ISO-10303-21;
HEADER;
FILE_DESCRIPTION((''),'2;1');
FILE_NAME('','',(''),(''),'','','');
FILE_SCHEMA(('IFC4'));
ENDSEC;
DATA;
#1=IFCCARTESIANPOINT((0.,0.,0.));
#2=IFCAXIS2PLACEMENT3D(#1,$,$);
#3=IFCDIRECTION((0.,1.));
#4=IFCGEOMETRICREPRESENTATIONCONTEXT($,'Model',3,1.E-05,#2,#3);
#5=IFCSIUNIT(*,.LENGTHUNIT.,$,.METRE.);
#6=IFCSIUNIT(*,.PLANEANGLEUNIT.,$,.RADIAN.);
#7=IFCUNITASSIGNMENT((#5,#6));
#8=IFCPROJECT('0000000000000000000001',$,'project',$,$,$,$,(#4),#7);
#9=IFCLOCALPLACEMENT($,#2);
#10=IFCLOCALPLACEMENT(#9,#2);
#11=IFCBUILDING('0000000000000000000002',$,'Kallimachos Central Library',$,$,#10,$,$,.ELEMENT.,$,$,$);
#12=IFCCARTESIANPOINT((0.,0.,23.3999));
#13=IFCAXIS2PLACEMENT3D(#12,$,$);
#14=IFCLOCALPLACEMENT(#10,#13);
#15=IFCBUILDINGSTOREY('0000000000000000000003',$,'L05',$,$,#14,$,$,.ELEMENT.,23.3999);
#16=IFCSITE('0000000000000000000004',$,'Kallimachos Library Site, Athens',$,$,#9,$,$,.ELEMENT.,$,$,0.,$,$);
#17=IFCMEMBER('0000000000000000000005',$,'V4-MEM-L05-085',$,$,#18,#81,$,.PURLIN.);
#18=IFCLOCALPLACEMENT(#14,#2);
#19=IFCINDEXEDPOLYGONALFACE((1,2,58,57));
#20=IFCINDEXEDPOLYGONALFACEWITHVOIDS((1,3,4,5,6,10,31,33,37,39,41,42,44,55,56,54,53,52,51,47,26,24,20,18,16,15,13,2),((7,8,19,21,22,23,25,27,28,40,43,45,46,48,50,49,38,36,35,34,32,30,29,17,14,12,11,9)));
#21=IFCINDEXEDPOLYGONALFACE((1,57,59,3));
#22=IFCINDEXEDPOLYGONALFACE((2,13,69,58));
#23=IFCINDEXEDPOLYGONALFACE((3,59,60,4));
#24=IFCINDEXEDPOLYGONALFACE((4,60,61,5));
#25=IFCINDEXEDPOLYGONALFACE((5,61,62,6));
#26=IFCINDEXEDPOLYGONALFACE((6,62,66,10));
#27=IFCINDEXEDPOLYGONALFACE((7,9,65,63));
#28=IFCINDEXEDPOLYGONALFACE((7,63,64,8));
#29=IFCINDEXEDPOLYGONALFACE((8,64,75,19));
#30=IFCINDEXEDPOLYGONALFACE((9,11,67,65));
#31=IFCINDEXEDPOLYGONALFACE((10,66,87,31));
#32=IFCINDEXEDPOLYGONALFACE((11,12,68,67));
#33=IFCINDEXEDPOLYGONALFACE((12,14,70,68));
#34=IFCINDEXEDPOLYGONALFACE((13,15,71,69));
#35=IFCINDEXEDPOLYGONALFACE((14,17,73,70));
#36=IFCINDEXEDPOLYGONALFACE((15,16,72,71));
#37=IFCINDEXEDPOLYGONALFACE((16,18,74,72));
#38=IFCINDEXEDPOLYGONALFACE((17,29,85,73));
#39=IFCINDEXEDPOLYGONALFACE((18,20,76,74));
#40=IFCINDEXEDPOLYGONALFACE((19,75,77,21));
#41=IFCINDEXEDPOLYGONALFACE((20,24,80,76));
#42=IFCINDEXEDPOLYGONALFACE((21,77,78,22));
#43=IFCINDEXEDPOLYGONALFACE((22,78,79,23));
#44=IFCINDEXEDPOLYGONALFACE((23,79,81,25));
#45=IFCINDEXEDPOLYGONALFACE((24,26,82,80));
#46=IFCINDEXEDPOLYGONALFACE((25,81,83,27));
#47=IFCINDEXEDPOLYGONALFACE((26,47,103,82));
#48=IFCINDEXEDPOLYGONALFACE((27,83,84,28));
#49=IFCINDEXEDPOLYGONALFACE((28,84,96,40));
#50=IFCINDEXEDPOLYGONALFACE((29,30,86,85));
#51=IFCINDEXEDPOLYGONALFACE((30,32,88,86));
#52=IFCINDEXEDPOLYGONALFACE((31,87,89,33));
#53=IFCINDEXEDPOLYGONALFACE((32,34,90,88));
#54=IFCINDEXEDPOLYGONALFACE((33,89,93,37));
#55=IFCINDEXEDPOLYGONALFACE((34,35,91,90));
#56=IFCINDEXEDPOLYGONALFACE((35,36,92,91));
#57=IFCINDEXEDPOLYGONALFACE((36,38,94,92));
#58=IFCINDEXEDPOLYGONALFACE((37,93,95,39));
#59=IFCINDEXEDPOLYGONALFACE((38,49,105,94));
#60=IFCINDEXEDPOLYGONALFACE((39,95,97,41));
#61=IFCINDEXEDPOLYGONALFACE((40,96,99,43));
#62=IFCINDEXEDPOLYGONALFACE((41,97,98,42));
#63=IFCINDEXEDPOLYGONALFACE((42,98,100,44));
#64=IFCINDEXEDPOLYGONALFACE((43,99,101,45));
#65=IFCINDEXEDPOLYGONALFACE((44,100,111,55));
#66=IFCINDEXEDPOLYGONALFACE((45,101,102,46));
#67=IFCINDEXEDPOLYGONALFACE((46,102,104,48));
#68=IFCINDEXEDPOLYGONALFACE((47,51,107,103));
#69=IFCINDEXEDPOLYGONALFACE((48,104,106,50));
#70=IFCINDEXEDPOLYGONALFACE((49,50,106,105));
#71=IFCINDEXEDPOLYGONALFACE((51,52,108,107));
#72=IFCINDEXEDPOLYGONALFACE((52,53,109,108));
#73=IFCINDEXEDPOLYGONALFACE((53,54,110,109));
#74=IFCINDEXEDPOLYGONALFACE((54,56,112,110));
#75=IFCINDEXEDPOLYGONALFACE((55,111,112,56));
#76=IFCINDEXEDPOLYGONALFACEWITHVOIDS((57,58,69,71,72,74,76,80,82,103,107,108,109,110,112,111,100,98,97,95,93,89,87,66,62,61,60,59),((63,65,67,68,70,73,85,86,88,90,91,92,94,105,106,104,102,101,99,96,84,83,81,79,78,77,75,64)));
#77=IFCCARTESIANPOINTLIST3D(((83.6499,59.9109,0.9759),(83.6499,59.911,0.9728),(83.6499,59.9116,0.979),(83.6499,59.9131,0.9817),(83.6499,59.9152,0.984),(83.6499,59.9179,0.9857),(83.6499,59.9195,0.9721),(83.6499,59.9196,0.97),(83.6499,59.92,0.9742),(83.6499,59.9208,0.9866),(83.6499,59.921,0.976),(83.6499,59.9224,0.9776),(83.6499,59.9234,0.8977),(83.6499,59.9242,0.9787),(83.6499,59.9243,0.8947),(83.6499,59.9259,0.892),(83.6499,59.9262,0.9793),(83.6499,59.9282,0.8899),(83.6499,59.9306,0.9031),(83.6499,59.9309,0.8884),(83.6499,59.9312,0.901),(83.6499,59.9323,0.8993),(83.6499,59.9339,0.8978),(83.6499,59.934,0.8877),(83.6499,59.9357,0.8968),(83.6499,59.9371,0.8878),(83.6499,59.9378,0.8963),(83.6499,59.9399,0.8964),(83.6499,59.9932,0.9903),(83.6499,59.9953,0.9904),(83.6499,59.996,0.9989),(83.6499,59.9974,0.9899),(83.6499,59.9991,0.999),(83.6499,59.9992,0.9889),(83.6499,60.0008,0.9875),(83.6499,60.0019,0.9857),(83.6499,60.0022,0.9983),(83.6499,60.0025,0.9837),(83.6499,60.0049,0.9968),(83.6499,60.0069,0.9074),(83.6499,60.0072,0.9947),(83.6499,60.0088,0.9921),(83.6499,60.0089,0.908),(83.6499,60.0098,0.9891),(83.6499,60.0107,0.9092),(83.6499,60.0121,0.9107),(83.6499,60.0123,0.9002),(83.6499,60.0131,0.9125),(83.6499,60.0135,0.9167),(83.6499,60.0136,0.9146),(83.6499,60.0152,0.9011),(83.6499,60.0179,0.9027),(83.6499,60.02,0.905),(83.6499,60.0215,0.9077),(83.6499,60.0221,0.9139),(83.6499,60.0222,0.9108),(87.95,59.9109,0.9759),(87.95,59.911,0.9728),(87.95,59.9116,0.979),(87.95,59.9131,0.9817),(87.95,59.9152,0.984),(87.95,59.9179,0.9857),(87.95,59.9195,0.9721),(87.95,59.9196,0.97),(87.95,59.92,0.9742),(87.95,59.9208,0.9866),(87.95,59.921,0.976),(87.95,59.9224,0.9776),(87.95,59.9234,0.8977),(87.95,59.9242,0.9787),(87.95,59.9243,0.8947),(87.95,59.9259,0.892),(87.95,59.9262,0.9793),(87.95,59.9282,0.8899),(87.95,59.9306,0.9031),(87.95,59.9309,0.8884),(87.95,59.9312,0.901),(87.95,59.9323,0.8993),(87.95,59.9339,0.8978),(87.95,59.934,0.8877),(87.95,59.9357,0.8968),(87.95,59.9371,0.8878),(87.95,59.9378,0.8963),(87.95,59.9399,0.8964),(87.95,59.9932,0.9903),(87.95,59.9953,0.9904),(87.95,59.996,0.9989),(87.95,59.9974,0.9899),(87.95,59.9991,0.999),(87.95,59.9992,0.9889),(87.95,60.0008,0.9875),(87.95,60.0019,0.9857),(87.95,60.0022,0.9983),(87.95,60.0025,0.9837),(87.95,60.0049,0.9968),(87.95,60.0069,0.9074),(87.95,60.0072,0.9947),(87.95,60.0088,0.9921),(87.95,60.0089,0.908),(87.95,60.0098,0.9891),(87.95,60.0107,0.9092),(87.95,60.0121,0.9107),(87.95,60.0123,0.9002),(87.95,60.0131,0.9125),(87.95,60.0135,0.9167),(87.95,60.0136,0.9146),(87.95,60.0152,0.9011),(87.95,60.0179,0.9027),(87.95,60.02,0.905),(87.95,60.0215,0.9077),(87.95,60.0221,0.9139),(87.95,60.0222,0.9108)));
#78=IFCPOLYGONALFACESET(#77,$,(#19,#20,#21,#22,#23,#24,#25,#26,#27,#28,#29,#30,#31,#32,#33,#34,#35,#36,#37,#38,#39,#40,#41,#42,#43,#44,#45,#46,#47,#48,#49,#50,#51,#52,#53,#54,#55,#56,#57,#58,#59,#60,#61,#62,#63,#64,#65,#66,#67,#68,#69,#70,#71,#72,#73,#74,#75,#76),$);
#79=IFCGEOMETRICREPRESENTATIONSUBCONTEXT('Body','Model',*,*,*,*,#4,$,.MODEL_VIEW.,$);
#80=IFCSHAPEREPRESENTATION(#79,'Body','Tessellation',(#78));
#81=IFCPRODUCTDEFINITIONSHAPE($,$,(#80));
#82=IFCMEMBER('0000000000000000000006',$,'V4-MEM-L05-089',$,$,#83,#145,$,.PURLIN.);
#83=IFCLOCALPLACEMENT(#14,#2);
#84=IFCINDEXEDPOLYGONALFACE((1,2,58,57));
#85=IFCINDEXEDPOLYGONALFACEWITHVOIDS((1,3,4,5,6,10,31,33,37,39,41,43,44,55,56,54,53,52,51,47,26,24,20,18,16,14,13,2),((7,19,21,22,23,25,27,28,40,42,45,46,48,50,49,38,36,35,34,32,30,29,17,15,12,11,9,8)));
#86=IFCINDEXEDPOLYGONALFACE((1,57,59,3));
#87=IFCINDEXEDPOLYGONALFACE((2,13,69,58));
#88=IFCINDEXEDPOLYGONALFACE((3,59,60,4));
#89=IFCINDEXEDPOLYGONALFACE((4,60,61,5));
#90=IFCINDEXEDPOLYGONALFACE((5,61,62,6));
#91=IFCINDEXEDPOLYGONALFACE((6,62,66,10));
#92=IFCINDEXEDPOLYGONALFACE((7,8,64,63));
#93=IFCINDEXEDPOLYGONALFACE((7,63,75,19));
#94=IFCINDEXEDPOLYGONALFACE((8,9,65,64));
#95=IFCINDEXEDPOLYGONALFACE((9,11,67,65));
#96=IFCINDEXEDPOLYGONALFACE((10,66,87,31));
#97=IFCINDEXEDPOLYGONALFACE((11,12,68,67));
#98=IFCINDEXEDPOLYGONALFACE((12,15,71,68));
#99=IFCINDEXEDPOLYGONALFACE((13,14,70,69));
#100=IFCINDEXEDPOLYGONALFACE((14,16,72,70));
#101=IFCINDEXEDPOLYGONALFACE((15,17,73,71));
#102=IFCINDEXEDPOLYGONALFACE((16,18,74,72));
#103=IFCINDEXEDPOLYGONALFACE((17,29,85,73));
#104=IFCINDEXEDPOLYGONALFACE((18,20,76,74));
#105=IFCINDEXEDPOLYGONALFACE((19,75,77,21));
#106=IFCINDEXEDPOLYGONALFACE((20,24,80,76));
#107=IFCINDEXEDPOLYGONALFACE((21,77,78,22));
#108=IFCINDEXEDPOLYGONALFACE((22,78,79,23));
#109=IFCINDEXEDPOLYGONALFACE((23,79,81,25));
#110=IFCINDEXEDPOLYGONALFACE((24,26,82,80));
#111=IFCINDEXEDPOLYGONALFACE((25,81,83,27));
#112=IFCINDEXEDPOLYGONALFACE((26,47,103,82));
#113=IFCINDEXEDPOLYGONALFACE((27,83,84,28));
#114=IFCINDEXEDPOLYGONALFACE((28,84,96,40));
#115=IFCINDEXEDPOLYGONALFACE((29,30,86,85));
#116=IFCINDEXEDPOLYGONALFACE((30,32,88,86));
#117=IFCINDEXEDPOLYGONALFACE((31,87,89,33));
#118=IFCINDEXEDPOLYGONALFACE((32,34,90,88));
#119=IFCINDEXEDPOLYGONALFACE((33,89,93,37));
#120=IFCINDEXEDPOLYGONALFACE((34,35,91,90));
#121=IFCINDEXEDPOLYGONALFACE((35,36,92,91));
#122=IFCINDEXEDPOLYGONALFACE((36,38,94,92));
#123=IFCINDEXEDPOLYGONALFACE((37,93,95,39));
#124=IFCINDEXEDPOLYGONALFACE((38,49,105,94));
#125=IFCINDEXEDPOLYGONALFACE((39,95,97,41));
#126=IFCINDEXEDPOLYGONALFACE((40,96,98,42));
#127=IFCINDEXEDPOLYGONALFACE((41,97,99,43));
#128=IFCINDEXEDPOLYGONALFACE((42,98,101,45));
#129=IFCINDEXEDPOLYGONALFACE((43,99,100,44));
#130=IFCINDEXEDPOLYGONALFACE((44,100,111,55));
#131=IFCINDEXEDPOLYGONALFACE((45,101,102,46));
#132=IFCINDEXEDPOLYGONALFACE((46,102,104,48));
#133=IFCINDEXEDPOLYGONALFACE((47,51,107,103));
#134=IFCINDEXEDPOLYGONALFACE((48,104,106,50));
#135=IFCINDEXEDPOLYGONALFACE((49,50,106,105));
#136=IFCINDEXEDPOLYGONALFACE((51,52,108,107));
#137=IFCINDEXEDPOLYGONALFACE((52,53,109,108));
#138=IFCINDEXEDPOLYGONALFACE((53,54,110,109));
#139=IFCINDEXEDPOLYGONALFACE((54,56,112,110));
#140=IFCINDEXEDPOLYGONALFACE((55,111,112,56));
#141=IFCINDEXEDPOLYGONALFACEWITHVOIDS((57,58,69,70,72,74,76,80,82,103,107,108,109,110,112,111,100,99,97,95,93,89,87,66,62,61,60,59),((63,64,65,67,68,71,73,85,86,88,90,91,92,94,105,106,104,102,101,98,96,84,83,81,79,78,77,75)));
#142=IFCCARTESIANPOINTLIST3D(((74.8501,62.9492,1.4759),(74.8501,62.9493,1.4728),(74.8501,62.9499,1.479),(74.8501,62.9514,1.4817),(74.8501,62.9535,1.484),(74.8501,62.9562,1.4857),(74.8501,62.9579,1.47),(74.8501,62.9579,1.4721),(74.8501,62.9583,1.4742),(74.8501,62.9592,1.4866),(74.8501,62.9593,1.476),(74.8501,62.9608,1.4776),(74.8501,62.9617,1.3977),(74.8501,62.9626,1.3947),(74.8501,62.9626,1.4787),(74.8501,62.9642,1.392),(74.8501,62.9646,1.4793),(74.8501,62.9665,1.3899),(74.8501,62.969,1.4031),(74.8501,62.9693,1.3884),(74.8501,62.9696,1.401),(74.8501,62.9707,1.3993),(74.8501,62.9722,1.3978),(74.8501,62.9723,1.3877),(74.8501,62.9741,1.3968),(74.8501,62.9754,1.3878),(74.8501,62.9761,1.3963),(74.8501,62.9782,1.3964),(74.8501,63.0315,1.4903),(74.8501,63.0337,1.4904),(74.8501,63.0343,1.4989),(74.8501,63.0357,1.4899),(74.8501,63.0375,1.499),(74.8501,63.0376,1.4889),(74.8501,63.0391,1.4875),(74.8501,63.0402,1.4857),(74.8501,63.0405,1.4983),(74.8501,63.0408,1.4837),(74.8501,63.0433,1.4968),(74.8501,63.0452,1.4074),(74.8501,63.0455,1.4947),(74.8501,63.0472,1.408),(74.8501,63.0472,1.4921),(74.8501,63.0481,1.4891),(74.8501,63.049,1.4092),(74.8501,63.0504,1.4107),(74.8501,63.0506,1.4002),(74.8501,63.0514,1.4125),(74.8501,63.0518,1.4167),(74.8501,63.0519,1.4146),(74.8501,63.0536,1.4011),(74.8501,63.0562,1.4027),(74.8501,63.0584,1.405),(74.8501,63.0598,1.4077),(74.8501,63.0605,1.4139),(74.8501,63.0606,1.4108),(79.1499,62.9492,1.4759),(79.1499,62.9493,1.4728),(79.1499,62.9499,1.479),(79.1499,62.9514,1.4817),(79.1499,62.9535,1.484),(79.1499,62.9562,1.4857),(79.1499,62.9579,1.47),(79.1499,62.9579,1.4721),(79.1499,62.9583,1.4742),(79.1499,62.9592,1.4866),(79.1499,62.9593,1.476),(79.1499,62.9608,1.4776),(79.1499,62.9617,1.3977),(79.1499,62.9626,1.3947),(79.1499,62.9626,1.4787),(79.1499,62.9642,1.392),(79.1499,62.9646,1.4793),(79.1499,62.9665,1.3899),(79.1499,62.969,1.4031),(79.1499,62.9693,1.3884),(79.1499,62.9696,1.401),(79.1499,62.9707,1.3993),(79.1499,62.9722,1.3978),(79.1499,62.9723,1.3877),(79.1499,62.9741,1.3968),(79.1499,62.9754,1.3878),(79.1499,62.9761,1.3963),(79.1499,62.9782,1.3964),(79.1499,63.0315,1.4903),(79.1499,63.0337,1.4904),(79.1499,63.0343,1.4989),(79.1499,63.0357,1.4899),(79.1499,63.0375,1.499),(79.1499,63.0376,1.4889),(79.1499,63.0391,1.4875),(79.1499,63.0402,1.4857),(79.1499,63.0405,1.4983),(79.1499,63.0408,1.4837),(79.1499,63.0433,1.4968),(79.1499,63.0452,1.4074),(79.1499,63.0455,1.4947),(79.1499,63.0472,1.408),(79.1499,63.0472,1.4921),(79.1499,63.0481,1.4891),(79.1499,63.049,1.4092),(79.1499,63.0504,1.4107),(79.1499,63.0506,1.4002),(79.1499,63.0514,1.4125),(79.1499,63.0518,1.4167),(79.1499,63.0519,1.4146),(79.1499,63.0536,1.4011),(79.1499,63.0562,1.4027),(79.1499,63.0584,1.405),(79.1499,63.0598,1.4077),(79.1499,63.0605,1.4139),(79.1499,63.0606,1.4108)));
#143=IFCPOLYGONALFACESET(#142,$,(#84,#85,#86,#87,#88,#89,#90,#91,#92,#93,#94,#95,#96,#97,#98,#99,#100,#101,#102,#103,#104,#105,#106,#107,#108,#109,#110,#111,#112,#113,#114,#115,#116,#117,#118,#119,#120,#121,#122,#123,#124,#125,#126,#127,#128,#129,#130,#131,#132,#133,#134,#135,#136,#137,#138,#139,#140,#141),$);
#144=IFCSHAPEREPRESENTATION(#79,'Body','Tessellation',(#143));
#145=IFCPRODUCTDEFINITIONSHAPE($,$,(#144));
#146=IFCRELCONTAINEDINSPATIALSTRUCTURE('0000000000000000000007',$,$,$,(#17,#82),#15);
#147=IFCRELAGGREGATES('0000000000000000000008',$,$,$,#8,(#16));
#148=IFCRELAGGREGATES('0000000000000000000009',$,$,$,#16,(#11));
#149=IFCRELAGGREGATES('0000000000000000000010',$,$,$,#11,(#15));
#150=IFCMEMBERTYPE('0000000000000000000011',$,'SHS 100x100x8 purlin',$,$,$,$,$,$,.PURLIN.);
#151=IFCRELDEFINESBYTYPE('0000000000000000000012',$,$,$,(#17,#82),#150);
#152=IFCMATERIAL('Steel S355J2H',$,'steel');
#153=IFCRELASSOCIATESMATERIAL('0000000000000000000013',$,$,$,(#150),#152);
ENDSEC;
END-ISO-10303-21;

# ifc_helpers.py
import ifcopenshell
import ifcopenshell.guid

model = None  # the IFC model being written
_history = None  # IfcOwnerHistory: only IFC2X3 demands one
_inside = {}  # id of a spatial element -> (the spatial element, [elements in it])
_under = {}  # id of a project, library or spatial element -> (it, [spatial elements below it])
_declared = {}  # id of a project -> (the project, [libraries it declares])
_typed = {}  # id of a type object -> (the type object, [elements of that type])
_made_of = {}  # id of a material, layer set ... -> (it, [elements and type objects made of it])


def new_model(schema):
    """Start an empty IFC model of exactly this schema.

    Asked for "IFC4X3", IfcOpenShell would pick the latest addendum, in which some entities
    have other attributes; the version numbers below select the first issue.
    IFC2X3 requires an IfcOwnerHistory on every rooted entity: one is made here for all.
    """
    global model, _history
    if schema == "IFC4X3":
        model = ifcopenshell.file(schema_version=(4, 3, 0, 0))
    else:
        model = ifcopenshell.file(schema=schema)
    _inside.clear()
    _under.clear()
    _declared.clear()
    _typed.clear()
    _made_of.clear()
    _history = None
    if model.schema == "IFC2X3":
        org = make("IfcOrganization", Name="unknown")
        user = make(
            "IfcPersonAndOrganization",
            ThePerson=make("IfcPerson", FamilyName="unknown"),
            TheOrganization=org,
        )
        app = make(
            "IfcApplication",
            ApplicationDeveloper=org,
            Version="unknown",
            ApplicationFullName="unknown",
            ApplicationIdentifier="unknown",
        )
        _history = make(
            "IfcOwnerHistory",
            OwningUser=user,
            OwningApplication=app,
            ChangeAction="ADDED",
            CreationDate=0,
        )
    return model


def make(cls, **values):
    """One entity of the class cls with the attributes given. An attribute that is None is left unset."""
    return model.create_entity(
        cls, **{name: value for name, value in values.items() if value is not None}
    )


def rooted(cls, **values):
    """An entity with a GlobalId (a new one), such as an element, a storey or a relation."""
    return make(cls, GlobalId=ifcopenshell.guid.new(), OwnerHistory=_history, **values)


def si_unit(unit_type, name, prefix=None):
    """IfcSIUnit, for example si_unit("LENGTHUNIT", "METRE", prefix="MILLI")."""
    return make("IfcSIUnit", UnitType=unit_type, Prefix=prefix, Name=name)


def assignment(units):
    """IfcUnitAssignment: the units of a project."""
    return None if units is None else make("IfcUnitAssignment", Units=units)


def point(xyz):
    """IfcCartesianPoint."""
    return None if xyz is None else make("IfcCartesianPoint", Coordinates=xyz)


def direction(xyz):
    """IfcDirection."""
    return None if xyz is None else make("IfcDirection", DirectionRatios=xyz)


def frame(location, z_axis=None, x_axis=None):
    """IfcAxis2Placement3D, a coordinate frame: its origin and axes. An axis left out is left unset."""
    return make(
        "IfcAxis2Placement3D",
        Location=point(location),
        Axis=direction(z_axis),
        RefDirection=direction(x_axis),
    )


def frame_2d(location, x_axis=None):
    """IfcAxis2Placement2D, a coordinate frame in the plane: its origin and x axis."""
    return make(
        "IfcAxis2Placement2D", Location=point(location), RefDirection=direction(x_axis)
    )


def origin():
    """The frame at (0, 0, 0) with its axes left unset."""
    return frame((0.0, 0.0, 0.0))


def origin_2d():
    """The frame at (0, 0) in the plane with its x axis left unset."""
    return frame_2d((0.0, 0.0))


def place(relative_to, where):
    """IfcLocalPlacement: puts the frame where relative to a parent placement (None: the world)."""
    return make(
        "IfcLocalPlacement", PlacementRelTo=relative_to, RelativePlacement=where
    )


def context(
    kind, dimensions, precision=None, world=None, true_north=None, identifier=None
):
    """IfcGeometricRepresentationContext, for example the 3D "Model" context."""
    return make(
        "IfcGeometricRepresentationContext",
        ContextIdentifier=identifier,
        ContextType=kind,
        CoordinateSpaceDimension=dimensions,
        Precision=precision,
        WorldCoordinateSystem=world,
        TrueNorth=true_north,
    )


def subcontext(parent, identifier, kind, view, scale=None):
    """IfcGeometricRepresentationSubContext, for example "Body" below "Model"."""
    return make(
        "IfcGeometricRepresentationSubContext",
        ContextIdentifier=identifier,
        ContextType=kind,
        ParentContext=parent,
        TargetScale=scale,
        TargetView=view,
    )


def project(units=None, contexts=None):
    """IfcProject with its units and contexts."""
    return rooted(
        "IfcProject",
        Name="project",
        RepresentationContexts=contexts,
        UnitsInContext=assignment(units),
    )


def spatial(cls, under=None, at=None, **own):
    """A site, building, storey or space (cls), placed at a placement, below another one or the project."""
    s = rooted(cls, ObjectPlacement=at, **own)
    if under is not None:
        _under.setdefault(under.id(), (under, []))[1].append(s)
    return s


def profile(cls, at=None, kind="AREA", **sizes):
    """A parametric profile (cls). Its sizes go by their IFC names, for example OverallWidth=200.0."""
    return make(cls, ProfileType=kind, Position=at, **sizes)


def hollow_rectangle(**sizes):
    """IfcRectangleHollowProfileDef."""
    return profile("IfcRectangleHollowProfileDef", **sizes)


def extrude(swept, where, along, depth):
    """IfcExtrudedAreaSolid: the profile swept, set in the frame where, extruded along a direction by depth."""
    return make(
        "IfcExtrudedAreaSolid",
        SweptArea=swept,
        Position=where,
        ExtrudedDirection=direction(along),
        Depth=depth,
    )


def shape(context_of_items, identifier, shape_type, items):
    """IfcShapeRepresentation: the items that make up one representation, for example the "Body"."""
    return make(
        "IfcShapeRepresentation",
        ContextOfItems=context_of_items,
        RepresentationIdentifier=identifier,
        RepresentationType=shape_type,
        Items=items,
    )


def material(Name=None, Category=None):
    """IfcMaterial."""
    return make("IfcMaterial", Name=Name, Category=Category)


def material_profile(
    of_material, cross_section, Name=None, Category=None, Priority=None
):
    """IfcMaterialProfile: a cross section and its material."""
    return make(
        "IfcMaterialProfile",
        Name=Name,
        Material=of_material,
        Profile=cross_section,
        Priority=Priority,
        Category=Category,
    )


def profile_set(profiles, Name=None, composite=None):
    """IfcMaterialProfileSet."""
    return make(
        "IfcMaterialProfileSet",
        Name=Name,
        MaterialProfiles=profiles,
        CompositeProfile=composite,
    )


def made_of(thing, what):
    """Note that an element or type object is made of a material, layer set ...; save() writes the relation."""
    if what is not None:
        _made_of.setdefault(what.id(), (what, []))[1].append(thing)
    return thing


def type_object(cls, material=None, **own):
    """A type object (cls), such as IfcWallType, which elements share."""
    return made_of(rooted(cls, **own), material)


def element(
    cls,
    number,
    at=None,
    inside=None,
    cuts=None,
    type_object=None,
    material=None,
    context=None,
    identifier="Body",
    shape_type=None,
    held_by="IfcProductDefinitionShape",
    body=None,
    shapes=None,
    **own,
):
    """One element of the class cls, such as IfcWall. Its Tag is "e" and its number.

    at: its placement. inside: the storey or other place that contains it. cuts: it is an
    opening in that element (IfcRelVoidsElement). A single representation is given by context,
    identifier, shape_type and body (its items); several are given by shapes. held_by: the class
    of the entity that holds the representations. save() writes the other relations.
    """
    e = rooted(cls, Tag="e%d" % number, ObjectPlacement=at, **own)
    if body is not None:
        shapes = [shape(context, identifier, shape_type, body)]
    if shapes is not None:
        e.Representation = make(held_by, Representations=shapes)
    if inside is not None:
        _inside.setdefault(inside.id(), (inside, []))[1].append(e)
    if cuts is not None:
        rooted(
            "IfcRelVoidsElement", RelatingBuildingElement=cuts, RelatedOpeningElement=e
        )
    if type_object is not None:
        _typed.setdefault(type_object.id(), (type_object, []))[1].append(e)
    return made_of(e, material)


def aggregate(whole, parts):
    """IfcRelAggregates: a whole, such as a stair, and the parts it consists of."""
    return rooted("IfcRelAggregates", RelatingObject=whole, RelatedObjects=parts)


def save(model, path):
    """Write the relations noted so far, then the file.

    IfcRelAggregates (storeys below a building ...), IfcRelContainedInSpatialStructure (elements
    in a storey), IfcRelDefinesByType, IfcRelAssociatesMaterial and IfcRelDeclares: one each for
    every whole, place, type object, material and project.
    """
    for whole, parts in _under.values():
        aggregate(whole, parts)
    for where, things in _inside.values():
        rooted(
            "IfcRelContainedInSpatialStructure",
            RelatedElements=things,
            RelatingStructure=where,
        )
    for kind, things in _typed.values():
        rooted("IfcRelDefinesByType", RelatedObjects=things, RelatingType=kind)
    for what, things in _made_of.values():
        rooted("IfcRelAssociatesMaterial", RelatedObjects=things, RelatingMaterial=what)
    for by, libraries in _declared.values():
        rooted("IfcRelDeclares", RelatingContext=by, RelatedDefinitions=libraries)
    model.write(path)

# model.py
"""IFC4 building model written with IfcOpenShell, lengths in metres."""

from ifc_helpers import new_model, si_unit, direction, frame, origin, origin_2d, place, context, subcontext, project, spatial, hollow_rectangle, extrude, material, material_profile, profile_set, type_object, element, save


model = new_model("IFC4")

# Units and contexts
model_context = context("Model", 3, precision=1e-05, world=origin(), true_north=direction((0.0, 1.0)))
body_context = subcontext(model_context, "Body", "Model", "MODEL_VIEW")
ifc_project = project(units=[si_unit("LENGTHUNIT", "METRE"), si_unit("PLANEANGLEUNIT", "RADIAN")], contexts=[model_context])

# Site, building, storey
site_placement = place(None, origin())
site = spatial("IfcSite", under=ifc_project, at=site_placement, Name="Kallimachos Library Site, Athens", CompositionType="ELEMENT", RefElevation=0.0)
building_placement = place(site_placement, origin())
building = spatial("IfcBuilding", under=site, at=building_placement, Name="Kallimachos Central Library", CompositionType="ELEMENT")
storey_placement = place(building_placement, frame((0.0, 0.0, 23.3999)))
storey = spatial("IfcBuildingStorey", under=building, at=storey_placement, Name="L05", CompositionType="ELEMENT", Elevation=23.3999)

# Members
ifc_material_1 = material(Name="Steel S355J2H", Category="steel")
ifc_material_profile_1 = material_profile(ifc_material_1, hollow_rectangle(XDim=0.1001, YDim=0.1001, WallThickness=0.0081, InnerFilletRadius=0.0081, OuterFilletRadius=0.012, at=origin_2d()), Name="SHS 100x100x8")
ifc_profile_set_1 = profile_set([ifc_material_profile_1], Name="Steel S355J2H")
member_type_1 = type_object("IfcMemberType", Name="SHS 100x100x8 purlin", PredefinedType="PURLIN", material=ifc_profile_set_1)
for number, where, z_axis, x_axis, name in (
    (1, (83.6499, 59.9666, 0.9434), (1.0, 0.0, 0.0), (0.0, 0.986728, 0.16238), "V4-MEM-L05-085"),
):
    element("IfcMember", number, at=place(storey_placement, frame(where, z_axis=z_axis, x_axis=x_axis)), inside=storey, type_object=member_type_1, Name=name, PredefinedType="PURLIN", context=body_context, shape_type="SweptSolid", body=[
        extrude(hollow_rectangle(XDim=0.1001, YDim=0.1001, WallThickness=0.0081, InnerFilletRadius=0.0081, OuterFilletRadius=0.012, at=origin_2d()), origin(), (0.0, 0.0, 1.0), 4.3),
    ])
member_1_placement = place(storey_placement, frame((74.8501, 63.0049, 1.4434), z_axis=(1.0, 0.0, 0.0), x_axis=(0.0, 0.986728, 0.16238)))
element("IfcMember", 2, at=member_1_placement, inside=storey, type_object=member_type_1, Name="V4-MEM-L05-089", PredefinedType="PURLIN", context=body_context, shape_type="SweptSolid", body=[
    extrude(hollow_rectangle(XDim=0.1001, YDim=0.1001, WallThickness=0.0081, InnerFilletRadius=0.0081, OuterFilletRadius=0.012, at=origin_2d()), origin(), (0.0, 0.0, 1.0), 4.2998),
])

save(model, "model.ifc")
